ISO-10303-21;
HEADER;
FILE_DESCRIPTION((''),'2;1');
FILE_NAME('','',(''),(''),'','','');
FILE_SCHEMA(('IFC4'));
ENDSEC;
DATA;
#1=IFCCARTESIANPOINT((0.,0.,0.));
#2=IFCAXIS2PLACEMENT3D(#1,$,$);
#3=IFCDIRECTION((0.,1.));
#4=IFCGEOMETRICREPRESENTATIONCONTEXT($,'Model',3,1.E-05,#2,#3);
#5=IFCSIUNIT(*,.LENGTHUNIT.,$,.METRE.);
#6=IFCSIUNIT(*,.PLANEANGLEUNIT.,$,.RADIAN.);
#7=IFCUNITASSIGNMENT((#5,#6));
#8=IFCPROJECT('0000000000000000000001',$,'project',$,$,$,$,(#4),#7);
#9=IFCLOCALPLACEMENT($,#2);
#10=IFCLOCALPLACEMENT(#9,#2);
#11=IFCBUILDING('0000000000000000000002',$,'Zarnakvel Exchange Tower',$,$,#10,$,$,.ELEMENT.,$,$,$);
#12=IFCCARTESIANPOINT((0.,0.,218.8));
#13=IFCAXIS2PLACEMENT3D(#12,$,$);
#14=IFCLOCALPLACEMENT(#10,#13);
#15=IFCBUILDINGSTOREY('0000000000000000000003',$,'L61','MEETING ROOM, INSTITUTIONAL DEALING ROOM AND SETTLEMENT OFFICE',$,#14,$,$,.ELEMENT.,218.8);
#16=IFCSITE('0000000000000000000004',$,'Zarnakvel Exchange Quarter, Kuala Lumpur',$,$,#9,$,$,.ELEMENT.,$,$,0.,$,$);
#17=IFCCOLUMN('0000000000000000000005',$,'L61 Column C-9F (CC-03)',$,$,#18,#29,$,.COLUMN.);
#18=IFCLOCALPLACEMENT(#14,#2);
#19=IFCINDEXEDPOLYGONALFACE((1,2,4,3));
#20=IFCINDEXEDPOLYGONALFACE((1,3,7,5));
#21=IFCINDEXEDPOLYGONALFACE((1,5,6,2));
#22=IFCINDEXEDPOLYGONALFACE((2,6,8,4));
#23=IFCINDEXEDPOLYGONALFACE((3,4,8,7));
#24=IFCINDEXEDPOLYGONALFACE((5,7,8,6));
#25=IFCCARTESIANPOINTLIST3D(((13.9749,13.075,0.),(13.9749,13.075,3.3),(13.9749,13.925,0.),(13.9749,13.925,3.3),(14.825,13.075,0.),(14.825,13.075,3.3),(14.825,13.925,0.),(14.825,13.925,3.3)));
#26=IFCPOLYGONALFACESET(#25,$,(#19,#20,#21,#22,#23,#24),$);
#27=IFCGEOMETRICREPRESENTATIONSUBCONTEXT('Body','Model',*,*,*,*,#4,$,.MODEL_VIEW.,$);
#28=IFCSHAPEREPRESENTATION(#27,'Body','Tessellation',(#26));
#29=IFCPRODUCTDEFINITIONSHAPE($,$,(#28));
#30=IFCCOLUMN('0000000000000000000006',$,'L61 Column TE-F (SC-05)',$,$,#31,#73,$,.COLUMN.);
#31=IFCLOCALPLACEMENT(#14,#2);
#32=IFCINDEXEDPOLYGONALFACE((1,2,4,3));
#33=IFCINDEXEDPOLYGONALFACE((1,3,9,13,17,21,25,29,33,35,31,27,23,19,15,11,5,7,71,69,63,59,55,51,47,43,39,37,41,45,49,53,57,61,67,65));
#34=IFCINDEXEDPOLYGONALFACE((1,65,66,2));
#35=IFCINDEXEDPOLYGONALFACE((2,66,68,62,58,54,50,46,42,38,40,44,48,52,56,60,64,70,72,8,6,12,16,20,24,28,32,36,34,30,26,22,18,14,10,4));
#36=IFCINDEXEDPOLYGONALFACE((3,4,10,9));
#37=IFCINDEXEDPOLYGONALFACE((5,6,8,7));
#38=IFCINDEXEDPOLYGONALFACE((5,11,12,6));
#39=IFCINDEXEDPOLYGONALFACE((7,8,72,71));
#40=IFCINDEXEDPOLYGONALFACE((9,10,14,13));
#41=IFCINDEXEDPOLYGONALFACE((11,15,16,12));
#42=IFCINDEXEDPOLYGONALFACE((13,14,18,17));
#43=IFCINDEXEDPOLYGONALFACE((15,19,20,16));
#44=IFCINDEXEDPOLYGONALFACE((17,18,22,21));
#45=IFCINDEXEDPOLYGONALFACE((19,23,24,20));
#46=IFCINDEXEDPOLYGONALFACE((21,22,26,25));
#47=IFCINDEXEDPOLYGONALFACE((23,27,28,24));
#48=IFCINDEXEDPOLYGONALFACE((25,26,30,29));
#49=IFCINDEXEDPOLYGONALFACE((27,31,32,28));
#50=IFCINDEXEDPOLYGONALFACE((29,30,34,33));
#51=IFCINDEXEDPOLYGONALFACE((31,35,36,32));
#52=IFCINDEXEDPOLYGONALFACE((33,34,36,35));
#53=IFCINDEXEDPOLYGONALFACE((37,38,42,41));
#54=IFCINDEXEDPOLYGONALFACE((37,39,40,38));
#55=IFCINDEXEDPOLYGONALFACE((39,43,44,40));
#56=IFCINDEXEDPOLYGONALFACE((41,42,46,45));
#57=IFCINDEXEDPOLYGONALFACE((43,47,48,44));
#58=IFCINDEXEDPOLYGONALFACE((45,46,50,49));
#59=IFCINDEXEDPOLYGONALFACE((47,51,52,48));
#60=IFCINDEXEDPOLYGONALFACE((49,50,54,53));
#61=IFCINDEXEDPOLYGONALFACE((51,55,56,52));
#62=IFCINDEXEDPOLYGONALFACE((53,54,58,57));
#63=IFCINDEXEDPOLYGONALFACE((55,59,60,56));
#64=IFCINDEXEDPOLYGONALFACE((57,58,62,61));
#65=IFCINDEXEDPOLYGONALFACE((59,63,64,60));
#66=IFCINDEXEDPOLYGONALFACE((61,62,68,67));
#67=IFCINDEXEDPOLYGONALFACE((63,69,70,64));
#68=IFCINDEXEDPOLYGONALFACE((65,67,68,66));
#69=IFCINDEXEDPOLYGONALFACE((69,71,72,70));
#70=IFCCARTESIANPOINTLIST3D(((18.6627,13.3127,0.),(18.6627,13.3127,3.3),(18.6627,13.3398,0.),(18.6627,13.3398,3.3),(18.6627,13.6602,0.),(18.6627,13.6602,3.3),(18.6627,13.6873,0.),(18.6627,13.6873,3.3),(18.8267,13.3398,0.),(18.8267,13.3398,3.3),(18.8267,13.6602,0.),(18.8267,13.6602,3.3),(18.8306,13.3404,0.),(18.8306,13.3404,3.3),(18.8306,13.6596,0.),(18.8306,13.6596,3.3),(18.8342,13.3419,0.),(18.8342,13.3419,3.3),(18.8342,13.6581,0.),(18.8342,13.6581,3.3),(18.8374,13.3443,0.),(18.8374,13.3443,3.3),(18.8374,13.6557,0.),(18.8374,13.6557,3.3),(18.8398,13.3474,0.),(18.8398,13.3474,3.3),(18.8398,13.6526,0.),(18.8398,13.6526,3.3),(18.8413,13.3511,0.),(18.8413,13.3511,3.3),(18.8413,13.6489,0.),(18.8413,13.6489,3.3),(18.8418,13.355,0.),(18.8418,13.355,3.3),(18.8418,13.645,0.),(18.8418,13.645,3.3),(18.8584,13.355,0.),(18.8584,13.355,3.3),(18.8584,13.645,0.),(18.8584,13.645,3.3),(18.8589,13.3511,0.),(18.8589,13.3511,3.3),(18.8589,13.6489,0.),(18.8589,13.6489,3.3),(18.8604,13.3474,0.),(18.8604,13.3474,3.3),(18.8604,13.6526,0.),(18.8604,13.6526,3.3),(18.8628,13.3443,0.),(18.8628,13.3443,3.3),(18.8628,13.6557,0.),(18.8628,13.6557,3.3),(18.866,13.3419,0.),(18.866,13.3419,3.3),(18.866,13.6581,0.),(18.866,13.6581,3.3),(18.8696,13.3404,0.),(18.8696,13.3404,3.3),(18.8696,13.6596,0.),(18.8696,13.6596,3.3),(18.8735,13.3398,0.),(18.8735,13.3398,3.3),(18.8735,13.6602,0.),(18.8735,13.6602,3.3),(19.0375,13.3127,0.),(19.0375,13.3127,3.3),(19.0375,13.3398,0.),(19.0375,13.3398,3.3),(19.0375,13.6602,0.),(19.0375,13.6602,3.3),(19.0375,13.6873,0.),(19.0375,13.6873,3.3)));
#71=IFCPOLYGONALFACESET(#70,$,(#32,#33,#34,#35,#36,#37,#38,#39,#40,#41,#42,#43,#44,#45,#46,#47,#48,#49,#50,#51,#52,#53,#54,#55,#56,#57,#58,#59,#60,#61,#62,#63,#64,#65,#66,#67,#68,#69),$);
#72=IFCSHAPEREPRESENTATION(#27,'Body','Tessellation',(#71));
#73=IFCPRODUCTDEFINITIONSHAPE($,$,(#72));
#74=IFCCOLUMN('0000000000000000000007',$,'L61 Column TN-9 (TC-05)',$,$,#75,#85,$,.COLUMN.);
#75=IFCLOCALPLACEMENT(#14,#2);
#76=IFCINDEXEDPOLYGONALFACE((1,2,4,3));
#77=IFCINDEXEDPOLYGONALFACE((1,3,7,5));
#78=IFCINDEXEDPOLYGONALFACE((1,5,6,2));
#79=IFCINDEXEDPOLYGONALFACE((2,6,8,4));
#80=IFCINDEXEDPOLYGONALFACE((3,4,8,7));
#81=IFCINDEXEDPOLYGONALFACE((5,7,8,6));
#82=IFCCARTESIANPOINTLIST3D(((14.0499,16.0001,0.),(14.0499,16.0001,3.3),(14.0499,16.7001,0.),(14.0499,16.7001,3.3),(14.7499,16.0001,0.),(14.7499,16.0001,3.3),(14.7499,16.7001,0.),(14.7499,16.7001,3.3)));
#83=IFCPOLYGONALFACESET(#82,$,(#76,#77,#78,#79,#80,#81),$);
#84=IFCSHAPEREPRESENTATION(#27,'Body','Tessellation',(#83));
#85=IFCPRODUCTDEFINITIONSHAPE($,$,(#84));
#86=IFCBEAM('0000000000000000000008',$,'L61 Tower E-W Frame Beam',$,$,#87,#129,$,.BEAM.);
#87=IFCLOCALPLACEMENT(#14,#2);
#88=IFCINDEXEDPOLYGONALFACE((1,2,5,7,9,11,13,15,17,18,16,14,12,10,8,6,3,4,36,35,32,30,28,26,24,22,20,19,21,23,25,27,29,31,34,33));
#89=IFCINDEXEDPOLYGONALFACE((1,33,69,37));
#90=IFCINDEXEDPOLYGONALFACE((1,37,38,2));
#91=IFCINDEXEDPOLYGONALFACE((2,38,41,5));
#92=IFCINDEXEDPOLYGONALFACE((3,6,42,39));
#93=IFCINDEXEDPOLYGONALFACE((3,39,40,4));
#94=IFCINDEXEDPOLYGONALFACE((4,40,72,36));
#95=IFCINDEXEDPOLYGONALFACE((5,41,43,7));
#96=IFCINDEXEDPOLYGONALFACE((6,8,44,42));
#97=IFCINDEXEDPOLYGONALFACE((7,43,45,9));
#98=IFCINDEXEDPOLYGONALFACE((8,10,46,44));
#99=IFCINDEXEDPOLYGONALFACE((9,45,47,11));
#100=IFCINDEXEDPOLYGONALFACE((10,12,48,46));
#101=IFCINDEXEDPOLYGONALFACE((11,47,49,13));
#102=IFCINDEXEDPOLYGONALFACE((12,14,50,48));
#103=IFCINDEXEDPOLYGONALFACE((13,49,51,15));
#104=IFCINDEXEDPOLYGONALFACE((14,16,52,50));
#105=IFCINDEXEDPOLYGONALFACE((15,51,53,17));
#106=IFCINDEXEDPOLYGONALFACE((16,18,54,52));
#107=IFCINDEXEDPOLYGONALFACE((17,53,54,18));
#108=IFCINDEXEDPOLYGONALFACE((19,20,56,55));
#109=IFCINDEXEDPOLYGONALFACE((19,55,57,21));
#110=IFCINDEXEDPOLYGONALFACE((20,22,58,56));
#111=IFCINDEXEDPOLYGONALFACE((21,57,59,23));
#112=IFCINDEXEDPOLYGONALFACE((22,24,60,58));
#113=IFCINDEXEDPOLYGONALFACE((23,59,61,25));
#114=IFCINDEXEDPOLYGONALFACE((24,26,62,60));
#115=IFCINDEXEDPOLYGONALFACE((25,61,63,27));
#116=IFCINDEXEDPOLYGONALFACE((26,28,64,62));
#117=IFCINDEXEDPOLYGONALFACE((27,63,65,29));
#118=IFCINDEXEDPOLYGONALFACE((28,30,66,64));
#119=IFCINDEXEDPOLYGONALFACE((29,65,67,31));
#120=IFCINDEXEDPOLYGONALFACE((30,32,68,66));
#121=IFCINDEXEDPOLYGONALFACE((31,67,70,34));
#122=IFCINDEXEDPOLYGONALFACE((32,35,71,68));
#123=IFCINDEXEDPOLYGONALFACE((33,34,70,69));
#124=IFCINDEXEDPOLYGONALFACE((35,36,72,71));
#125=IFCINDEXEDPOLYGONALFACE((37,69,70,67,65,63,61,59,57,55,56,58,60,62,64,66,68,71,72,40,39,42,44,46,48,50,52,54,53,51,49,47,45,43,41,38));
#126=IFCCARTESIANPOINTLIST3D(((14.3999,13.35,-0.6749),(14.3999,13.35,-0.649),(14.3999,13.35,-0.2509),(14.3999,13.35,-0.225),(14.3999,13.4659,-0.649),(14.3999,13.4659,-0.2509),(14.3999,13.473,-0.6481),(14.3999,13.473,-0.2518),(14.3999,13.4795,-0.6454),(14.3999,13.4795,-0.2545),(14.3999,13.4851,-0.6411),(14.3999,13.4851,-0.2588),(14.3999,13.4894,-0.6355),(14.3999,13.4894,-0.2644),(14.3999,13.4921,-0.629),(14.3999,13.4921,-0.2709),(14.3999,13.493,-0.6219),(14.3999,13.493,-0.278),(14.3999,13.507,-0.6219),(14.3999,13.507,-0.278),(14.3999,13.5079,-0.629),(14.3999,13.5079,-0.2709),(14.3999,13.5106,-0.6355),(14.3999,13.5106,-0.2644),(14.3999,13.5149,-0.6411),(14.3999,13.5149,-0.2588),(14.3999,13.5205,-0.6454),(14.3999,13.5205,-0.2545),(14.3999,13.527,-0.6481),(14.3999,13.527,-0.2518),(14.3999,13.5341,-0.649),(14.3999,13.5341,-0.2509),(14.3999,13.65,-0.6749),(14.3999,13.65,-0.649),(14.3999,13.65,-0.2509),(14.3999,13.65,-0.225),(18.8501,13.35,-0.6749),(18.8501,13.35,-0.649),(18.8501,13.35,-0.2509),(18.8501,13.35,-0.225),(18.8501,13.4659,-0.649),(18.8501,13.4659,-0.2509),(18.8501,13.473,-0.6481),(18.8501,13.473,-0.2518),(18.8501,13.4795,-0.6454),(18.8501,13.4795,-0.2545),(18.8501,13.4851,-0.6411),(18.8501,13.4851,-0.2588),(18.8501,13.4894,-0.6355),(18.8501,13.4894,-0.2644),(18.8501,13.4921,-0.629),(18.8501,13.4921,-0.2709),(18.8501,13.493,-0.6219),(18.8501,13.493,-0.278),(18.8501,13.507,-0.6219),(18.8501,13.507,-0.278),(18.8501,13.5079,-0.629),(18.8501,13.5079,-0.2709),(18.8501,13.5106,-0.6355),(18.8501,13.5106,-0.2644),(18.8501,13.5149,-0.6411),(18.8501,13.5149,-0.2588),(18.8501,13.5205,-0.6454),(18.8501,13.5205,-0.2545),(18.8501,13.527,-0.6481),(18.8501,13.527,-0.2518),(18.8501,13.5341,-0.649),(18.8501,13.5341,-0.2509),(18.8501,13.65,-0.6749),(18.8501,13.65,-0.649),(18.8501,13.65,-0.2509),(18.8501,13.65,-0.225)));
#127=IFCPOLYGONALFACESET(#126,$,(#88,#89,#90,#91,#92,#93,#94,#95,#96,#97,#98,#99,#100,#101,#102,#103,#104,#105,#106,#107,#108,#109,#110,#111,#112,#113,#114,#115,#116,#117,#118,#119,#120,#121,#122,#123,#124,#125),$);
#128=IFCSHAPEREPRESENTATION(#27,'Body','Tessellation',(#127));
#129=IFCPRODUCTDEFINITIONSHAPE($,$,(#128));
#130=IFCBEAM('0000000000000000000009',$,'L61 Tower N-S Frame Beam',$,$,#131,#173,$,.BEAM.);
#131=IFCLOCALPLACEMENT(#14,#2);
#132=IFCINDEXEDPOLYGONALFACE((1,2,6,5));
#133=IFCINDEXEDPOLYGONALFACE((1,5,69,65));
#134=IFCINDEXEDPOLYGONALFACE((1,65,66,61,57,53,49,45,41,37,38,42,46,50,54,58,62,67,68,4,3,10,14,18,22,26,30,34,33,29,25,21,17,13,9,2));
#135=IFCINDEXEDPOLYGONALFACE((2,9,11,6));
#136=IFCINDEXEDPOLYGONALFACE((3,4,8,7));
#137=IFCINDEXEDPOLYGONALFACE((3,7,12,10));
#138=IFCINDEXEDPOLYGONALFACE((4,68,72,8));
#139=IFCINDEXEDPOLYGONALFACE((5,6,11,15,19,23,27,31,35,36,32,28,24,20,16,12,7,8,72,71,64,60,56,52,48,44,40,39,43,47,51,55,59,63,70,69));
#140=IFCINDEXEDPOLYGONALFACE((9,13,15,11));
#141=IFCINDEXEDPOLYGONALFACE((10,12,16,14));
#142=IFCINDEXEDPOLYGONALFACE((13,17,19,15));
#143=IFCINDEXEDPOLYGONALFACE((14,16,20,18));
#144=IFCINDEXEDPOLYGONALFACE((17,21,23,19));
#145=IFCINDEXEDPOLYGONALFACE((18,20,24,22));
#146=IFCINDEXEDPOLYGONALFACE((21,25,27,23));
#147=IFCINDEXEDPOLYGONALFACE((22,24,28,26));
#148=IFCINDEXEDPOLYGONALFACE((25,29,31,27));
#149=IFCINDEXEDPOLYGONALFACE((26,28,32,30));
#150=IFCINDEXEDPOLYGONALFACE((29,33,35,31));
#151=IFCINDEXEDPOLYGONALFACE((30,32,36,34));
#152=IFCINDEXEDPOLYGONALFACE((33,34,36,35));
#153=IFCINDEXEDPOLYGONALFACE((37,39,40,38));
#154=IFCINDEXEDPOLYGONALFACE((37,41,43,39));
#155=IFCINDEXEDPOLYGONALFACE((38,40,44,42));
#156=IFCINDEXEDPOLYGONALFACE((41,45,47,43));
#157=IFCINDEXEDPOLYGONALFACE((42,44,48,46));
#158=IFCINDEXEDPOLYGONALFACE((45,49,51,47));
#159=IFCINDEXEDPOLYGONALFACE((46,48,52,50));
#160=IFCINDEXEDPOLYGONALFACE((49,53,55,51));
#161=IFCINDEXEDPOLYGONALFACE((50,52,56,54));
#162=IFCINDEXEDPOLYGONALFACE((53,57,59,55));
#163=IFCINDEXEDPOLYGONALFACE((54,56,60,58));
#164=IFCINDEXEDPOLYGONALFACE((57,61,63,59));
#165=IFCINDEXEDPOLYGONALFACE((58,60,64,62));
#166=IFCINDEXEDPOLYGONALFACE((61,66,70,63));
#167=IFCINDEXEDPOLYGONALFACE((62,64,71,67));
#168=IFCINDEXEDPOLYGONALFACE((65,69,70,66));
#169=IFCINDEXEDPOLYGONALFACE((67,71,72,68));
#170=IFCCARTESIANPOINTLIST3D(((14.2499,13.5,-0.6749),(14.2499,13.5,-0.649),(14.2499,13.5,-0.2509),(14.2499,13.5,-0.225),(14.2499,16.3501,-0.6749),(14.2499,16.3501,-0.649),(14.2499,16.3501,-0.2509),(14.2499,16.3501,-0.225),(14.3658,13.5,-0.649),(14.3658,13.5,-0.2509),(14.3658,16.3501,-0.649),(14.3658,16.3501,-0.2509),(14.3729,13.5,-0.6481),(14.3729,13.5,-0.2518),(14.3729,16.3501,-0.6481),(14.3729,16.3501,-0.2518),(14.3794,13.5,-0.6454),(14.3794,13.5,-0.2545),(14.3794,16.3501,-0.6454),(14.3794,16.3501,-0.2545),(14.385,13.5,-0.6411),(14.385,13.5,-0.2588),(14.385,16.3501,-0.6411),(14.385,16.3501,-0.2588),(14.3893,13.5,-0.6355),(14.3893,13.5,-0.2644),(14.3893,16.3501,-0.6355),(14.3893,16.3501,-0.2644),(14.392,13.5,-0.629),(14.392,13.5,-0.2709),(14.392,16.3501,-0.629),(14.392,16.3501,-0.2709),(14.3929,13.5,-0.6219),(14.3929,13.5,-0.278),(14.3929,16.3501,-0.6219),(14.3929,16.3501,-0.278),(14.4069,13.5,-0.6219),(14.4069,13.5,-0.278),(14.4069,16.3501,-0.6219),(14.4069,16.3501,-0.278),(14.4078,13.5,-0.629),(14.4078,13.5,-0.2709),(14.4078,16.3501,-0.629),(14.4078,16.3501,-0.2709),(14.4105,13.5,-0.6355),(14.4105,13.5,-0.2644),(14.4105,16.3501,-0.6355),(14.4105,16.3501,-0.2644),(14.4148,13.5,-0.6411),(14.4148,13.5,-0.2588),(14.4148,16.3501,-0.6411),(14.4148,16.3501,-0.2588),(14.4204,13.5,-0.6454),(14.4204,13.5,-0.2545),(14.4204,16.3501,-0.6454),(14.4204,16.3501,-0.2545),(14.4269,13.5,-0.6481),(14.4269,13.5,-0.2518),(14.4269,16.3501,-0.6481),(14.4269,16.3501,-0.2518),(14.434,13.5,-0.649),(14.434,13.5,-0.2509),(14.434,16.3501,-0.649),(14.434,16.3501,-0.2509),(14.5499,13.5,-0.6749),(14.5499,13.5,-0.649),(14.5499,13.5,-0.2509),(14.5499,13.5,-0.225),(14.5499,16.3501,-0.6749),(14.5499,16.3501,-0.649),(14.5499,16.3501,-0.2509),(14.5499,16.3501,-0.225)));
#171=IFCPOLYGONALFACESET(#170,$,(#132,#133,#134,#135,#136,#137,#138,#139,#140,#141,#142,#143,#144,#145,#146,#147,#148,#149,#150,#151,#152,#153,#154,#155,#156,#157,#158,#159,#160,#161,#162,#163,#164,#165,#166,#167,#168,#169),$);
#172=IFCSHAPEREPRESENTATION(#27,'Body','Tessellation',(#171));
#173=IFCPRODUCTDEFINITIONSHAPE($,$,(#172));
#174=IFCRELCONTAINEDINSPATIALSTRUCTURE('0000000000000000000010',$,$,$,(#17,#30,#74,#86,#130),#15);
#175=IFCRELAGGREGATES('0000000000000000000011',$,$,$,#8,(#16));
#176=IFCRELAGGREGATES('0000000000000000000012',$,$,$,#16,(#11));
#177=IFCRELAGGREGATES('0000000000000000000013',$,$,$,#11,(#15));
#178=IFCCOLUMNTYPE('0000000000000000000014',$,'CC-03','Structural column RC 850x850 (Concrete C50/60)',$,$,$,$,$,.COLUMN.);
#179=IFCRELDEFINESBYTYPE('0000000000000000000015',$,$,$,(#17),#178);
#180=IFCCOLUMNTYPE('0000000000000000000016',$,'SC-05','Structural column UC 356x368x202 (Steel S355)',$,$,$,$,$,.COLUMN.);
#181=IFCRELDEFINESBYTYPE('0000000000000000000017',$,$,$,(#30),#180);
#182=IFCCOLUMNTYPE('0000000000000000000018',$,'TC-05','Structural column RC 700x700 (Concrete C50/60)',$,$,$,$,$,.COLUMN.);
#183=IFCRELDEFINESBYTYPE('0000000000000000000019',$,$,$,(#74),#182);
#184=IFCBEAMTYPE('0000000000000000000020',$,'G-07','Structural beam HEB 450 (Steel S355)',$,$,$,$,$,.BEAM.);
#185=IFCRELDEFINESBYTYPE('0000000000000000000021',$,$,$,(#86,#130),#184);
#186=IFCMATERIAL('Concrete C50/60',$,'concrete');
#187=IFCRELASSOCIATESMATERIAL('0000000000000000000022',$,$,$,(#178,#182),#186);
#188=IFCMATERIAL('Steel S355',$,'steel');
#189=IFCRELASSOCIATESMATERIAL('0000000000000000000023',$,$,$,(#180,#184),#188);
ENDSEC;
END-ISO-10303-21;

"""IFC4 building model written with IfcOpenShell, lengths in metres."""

from ifc_helpers import new_model, si_unit, direction, frame, origin, origin_2d, place, context, subcontext, project, spatial, rectangle, i_section, extrude, material, material_profile, profile_set, type_object, element, save


model = new_model("IFC4")

# Units and contexts
model_context = context("Model", 3, precision=1e-05, world=origin(), true_north=direction((0.0, 1.0)))
body_context = subcontext(model_context, "Body", "Model", "MODEL_VIEW")
ifc_project = project(units=[si_unit("LENGTHUNIT", "METRE"), si_unit("PLANEANGLEUNIT", "RADIAN")], contexts=[model_context])

# Site, building, storey
site_placement = place(None, origin())
site = spatial("IfcSite", under=ifc_project, at=site_placement, Name="Zarnakvel Exchange Quarter, Kuala Lumpur", CompositionType="ELEMENT", RefElevation=0.0)
building_placement = place(site_placement, origin())
building = spatial("IfcBuilding", under=site, at=building_placement, Name="Zarnakvel Exchange Tower", CompositionType="ELEMENT")
storey_placement = place(building_placement, frame((0.0, 0.0, 218.8)))
storey = spatial("IfcBuildingStorey", under=building, at=storey_placement, Name="L61", Description="MEETING ROOM, INSTITUTIONAL DEALING ROOM AND SETTLEMENT OFFICE", CompositionType="ELEMENT", Elevation=218.8)

# Columns
ifc_material_1 = material(Name="Concrete C50/60", Category="concrete")
ifc_material_profile_1 = material_profile(ifc_material_1, rectangle(XDim=0.8501, YDim=0.8501, at=origin_2d()))
ifc_profile_set_1 = profile_set([ifc_material_profile_1], Name="Concrete C50/60")
column_type_1 = type_object("IfcColumnType", Name="CC-03", Description="Structural column RC 850x850 (Concrete C50/60)", PredefinedType="COLUMN", material=ifc_profile_set_1)
column_1_placement = place(storey_placement, frame((14.3999, 13.5, 0.0), z_axis=(0.0, 0.0, 1.0), x_axis=(1.0, 0.0, 0.0)))
element("IfcColumn", 1, at=column_1_placement, inside=storey, type_object=column_type_1, Name="L61 Column C-9F (CC-03)", PredefinedType="COLUMN", context=body_context, shape_type="SweptSolid", body=[
    extrude(rectangle(XDim=0.8501, YDim=0.8501, at=origin_2d()), origin(), (0.0, 0.0, 1.0), 3.3),
])
ifc_material_2 = material(Name="Steel S355", Category="steel")
ifc_material_profile_2 = material_profile(ifc_material_2, i_section(OverallWidth=0.3748, OverallDepth=0.3745, WebThickness=0.0166, FlangeThickness=0.0271, FilletRadius=0.0151, at=origin_2d()))
ifc_profile_set_2 = profile_set([ifc_material_profile_2], Name="Steel S355")
column_type_2 = type_object("IfcColumnType", Name="SC-05", Description="Structural column UC 356x368x202 (Steel S355)", PredefinedType="COLUMN", material=ifc_profile_set_2)
column_2_placement = place(storey_placement, frame((18.8501, 13.5, 0.0), z_axis=(0.0, 0.0, 1.0), x_axis=(1.0, 0.0, 0.0)))
element("IfcColumn", 2, at=column_2_placement, inside=storey, type_object=column_type_2, Name="L61 Column TE-F (SC-05)", PredefinedType="COLUMN", context=body_context, shape_type="SweptSolid", body=[
    extrude(i_section(OverallWidth=0.3748, OverallDepth=0.3745, WebThickness=0.0166, FlangeThickness=0.0271, FilletRadius=0.0151, at=origin_2d()), origin(), (0.0, 0.0, 1.0), 3.3),
])
ifc_material_profile_3 = material_profile(ifc_material_1, rectangle(XDim=0.7, YDim=0.7, at=origin_2d()))
ifc_profile_set_3 = profile_set([ifc_material_profile_3], Name="Concrete C50/60")
column_type_3 = type_object("IfcColumnType", Name="TC-05", Description="Structural column RC 700x700 (Concrete C50/60)", PredefinedType="COLUMN", material=ifc_profile_set_3)
column_3_placement = place(storey_placement, frame((14.3999, 16.3501, 0.0), z_axis=(0.0, 0.0, 1.0), x_axis=(1.0, 0.0, 0.0)))
element("IfcColumn", 3, at=column_3_placement, inside=storey, type_object=column_type_3, Name="L61 Column TN-9 (TC-05)", PredefinedType="COLUMN", context=body_context, shape_type="SweptSolid", body=[
    extrude(rectangle(XDim=0.7, YDim=0.7, at=origin_2d()), origin(), (0.0, 0.0, 1.0), 3.3),
])

# Beams
ifc_material_profile_4 = material_profile(ifc_material_2, i_section(OverallWidth=0.3, OverallDepth=0.45, WebThickness=0.0139, FlangeThickness=0.0259, FilletRadius=0.0271, at=origin_2d()))
ifc_profile_set_4 = profile_set([ifc_material_profile_4], Name="Steel S355")
beam_type = type_object("IfcBeamType", Name="G-07", Description="Structural beam HEB 450 (Steel S355)", PredefinedType="BEAM", material=ifc_profile_set_4)
beam_1_placement = place(storey_placement, frame((14.3999, 13.5, -0.45), z_axis=(1.0, 0.0, 0.0), x_axis=(0.0, 1.0, 0.0)))
element("IfcBeam", 4, at=beam_1_placement, inside=storey, type_object=beam_type, Name="L61 Tower E-W Frame Beam", PredefinedType="BEAM", context=body_context, shape_type="SweptSolid", body=[
    extrude(i_section(OverallWidth=0.3, OverallDepth=0.45, WebThickness=0.0139, FlangeThickness=0.0259, FilletRadius=0.0271, at=origin_2d()), origin(), (0.0, 0.0, 1.0), 4.4502),
])
beam_2_placement = place(storey_placement, frame((14.3999, 13.5, -0.45), z_axis=(0.0, 1.0, 0.0), x_axis=(-1.0, 0.0, 0.0)))
element("IfcBeam", 5, at=beam_2_placement, inside=storey, type_object=beam_type, Name="L61 Tower N-S Frame Beam", PredefinedType="BEAM", context=body_context, shape_type="SweptSolid", body=[
    extrude(i_section(OverallWidth=0.3, OverallDepth=0.45, WebThickness=0.0139, FlangeThickness=0.0259, FilletRadius=0.0271, at=origin_2d()), origin(), (0.0, 0.0, 1.0), 2.8501),
])

save(model, "model.ifc")
